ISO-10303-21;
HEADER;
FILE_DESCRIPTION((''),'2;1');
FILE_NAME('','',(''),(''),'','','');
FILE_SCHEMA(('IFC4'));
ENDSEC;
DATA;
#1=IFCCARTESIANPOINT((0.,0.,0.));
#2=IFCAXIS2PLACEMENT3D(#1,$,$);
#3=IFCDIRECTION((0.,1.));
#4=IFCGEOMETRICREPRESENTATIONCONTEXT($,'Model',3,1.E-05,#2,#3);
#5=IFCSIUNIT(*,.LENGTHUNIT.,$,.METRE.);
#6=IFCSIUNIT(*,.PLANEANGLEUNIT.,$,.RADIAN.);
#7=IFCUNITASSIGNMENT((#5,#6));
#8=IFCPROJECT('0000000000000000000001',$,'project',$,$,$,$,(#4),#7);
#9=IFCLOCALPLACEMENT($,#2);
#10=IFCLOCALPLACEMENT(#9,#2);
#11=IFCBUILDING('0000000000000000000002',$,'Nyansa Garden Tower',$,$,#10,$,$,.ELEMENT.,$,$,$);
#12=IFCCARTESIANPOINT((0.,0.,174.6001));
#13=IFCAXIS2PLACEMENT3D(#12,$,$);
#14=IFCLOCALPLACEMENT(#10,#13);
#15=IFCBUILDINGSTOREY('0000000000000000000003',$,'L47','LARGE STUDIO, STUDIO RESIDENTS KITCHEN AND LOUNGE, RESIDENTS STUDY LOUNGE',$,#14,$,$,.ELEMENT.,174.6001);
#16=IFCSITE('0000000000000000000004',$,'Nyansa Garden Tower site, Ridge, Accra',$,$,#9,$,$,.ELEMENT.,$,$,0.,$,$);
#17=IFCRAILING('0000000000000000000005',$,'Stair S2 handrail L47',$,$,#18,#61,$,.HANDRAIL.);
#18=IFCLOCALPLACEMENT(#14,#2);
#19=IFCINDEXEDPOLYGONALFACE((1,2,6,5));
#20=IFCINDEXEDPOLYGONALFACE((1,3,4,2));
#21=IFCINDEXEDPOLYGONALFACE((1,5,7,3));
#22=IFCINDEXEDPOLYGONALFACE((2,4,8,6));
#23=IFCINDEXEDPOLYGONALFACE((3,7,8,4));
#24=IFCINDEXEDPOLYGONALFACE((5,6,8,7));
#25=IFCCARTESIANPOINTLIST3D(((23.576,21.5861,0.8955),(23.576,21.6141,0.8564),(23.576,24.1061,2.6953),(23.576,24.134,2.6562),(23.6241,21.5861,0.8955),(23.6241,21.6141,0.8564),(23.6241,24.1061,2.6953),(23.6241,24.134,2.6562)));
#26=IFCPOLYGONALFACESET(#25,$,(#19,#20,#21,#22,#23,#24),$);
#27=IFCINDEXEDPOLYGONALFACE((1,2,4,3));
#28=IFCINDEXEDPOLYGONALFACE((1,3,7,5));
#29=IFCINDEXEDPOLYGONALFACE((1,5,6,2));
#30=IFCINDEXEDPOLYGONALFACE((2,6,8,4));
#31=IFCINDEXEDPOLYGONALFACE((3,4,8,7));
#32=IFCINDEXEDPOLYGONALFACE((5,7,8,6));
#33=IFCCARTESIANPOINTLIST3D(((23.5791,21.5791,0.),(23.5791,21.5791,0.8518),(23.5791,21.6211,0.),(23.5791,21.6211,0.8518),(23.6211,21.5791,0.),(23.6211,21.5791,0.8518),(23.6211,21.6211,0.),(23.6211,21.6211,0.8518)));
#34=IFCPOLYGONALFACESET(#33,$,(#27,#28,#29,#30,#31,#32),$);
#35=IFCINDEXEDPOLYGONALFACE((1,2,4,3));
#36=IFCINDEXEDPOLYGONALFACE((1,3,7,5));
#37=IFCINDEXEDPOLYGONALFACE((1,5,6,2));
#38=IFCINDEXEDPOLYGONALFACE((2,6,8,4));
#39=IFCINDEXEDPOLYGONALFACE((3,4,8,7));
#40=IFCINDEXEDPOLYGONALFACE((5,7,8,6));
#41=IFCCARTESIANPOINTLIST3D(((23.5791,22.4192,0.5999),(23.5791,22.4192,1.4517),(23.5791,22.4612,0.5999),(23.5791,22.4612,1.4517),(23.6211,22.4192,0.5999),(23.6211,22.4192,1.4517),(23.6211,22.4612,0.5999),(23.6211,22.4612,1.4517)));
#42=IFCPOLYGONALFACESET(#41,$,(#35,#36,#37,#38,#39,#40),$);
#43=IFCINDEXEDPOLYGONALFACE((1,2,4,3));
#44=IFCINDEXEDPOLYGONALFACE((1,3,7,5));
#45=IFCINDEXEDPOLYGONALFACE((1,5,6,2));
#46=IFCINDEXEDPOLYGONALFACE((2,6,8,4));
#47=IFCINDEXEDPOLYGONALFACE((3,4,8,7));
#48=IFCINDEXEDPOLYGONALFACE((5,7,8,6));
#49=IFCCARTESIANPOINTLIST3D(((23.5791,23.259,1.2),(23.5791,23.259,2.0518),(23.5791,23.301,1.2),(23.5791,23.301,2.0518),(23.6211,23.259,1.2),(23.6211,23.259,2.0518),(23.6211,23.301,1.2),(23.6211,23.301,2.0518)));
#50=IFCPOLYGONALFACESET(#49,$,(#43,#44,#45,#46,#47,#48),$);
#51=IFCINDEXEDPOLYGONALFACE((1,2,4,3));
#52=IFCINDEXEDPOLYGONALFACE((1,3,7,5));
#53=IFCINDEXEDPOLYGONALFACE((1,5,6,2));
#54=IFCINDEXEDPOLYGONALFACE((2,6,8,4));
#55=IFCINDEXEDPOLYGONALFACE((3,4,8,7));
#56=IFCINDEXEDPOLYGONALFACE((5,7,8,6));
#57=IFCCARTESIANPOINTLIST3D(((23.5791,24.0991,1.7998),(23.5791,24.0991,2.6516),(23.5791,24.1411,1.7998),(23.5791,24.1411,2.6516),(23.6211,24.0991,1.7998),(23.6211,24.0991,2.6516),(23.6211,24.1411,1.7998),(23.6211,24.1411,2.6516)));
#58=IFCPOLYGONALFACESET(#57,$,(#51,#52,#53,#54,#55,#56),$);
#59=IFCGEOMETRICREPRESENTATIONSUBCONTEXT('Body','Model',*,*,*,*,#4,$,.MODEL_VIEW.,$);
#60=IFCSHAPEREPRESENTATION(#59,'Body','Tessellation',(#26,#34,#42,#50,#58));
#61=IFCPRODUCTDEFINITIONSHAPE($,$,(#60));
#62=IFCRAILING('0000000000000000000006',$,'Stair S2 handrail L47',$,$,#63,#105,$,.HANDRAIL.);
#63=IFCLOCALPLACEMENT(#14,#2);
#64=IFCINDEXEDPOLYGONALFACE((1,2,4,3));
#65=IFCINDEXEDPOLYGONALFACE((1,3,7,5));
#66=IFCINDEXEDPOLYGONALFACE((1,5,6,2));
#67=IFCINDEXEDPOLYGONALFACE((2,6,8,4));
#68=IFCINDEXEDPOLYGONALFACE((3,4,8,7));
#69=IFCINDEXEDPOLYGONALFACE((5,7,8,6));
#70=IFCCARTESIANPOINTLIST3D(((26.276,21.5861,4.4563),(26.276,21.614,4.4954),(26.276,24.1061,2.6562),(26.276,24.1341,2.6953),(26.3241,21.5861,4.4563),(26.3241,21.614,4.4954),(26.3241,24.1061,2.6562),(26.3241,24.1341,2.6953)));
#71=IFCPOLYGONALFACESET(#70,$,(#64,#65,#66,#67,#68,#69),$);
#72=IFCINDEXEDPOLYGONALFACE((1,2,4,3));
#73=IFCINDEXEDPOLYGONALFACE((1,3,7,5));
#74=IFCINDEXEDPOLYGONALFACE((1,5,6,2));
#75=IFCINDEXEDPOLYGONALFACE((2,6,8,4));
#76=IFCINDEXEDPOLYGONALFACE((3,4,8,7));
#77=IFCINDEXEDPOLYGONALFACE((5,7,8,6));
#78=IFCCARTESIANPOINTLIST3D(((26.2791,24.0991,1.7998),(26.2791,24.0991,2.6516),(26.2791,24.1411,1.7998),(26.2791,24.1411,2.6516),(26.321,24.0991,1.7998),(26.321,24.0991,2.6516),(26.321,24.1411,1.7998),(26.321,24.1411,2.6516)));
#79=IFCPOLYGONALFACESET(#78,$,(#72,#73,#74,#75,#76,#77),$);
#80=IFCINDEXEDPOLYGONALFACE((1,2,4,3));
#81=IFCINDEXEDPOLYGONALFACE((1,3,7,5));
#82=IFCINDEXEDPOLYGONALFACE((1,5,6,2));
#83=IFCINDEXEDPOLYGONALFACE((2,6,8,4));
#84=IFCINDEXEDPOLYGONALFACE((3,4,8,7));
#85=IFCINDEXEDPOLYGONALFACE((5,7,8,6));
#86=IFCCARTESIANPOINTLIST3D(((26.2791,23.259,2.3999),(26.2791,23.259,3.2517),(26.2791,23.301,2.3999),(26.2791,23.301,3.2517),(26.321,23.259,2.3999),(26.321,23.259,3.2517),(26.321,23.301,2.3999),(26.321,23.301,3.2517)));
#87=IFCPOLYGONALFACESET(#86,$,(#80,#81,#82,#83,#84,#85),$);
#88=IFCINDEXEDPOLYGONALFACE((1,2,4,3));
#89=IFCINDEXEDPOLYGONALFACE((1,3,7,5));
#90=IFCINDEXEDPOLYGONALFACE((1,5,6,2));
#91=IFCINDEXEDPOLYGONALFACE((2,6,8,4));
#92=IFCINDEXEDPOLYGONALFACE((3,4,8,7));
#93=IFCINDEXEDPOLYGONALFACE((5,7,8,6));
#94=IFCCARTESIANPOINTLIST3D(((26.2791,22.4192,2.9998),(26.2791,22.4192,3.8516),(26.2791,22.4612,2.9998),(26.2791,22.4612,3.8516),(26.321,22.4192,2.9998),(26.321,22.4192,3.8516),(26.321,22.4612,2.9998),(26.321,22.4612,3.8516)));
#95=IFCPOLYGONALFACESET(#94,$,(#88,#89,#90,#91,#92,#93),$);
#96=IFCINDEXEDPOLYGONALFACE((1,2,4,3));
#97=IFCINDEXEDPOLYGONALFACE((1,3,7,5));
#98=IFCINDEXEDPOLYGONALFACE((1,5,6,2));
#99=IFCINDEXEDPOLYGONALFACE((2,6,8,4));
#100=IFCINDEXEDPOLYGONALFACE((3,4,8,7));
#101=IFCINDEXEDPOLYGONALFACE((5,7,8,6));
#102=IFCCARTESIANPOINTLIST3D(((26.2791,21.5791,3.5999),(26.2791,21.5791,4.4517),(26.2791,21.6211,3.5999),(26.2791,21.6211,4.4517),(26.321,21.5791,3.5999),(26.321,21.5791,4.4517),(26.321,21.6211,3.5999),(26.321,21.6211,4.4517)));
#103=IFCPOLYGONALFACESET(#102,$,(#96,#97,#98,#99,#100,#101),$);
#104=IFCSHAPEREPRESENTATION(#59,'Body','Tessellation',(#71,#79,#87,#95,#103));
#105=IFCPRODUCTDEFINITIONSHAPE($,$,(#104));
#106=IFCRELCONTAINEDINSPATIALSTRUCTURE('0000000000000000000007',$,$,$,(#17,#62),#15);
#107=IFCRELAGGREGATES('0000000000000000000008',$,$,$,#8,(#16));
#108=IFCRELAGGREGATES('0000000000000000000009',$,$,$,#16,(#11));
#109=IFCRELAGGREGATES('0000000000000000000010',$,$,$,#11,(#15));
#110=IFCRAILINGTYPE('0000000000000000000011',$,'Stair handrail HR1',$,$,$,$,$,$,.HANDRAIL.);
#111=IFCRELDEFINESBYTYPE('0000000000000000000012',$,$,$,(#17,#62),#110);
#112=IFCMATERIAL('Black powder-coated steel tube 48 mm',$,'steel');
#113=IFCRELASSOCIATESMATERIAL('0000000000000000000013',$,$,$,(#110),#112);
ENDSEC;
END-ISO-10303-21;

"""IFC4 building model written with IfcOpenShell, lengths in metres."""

from ifc_helpers import new_model, si_unit, direction, frame, origin, origin_2d, place, context, subcontext, project, spatial, rectangle, extrude, material, type_object, element, save


model = new_model("IFC4")

# Units and contexts
model_context = context("Model", 3, precision=1e-05, world=origin(), true_north=direction((0.0, 1.0)))
body_context = subcontext(model_context, "Body", "Model", "MODEL_VIEW")
ifc_project = project(units=[si_unit("LENGTHUNIT", "METRE"), si_unit("PLANEANGLEUNIT", "RADIAN")], contexts=[model_context])

# Site, building, storey
site_placement = place(None, origin())
site = spatial("IfcSite", under=ifc_project, at=site_placement, Name="Nyansa Garden Tower site, Ridge, Accra", CompositionType="ELEMENT", RefElevation=0.0)
building_placement = place(site_placement, origin())
building = spatial("IfcBuilding", under=site, at=building_placement, Name="Nyansa Garden Tower", CompositionType="ELEMENT")
storey_placement = place(building_placement, frame((0.0, 0.0, 174.6001)))
storey = spatial("IfcBuildingStorey", under=building, at=storey_placement, Name="L47", Description="LARGE STUDIO, STUDIO RESIDENTS KITCHEN AND LOUNGE, RESIDENTS STUDY LOUNGE", CompositionType="ELEMENT", Elevation=174.6001)

# Railings
ifc_material_1 = material(Name="Black powder-coated steel tube 48 mm", Category="steel")
railing_type = type_object("IfcRailingType", Name="Stair handrail HR1", PredefinedType="HANDRAIL", material=ifc_material_1)
railing_1_placement = place(storey_placement, frame((23.6001, 21.6001, 0.0)))
element("IfcRailing", 1, at=railing_1_placement, inside=storey, type_object=railing_type, Name="Stair S2 handrail L47", PredefinedType="HANDRAIL", context=body_context, shape_type="SweptSolid", body=[
    extrude(rectangle(XDim=0.0481, YDim=0.0481, at=origin_2d()), frame((0.0, 0.0, 0.876), z_axis=(0.0, 0.813765, 0.581193), x_axis=(-1.0, 0.0, 0.0)), (0.0, 0.0, 1.0), 3.0967),
    extrude(rectangle(XDim=0.042, YDim=0.042, at=origin_2d()), origin(), (0.0, 0.0, 1.0), 0.8518),
    extrude(rectangle(XDim=0.042, YDim=0.042, at=origin_2d()), frame((0.0, 0.8401, 0.5999)), (0.0, 0.0, 1.0), 0.8518),
    extrude(rectangle(XDim=0.042, YDim=0.042, at=origin_2d()), frame((0.0, 1.6799, 1.2)), (0.0, 0.0, 1.0), 0.8518),
    extrude(rectangle(XDim=0.042, YDim=0.042, at=origin_2d()), frame((0.0, 2.52, 1.7998)), (0.0, 0.0, 1.0), 0.8518),
])
railing_2_placement = place(storey_placement, frame((26.3, 24.1201, 1.7998)))
element("IfcRailing", 2, at=railing_2_placement, inside=storey, type_object=railing_type, Name="Stair S2 handrail L47", PredefinedType="HANDRAIL", context=body_context, shape_type="SweptSolid", body=[
    extrude(rectangle(XDim=0.0481, YDim=0.0481, at=origin_2d()), frame((0.0, 0.0, 0.876), z_axis=(0.0, -0.813728, 0.581246), x_axis=(1.0, 0.0, 0.0)), (0.0, 0.0, 1.0), 3.0969),
    extrude(rectangle(XDim=0.042, YDim=0.042, at=origin_2d()), origin(), (0.0, 0.0, 1.0), 0.8518),
    extrude(rectangle(XDim=0.042, YDim=0.042, at=origin_2d()), frame((0.0, -0.8401, 0.6001)), (0.0, 0.0, 1.0), 0.8518),
    extrude(rectangle(XDim=0.042, YDim=0.042, at=origin_2d()), frame((0.0, -1.6799, 1.2)), (0.0, 0.0, 1.0), 0.8518),
    extrude(rectangle(XDim=0.042, YDim=0.042, at=origin_2d()), frame((0.0, -2.52, 1.8)), (0.0, 0.0, 1.0), 0.8518),
])

save(model, "model.ifc")
